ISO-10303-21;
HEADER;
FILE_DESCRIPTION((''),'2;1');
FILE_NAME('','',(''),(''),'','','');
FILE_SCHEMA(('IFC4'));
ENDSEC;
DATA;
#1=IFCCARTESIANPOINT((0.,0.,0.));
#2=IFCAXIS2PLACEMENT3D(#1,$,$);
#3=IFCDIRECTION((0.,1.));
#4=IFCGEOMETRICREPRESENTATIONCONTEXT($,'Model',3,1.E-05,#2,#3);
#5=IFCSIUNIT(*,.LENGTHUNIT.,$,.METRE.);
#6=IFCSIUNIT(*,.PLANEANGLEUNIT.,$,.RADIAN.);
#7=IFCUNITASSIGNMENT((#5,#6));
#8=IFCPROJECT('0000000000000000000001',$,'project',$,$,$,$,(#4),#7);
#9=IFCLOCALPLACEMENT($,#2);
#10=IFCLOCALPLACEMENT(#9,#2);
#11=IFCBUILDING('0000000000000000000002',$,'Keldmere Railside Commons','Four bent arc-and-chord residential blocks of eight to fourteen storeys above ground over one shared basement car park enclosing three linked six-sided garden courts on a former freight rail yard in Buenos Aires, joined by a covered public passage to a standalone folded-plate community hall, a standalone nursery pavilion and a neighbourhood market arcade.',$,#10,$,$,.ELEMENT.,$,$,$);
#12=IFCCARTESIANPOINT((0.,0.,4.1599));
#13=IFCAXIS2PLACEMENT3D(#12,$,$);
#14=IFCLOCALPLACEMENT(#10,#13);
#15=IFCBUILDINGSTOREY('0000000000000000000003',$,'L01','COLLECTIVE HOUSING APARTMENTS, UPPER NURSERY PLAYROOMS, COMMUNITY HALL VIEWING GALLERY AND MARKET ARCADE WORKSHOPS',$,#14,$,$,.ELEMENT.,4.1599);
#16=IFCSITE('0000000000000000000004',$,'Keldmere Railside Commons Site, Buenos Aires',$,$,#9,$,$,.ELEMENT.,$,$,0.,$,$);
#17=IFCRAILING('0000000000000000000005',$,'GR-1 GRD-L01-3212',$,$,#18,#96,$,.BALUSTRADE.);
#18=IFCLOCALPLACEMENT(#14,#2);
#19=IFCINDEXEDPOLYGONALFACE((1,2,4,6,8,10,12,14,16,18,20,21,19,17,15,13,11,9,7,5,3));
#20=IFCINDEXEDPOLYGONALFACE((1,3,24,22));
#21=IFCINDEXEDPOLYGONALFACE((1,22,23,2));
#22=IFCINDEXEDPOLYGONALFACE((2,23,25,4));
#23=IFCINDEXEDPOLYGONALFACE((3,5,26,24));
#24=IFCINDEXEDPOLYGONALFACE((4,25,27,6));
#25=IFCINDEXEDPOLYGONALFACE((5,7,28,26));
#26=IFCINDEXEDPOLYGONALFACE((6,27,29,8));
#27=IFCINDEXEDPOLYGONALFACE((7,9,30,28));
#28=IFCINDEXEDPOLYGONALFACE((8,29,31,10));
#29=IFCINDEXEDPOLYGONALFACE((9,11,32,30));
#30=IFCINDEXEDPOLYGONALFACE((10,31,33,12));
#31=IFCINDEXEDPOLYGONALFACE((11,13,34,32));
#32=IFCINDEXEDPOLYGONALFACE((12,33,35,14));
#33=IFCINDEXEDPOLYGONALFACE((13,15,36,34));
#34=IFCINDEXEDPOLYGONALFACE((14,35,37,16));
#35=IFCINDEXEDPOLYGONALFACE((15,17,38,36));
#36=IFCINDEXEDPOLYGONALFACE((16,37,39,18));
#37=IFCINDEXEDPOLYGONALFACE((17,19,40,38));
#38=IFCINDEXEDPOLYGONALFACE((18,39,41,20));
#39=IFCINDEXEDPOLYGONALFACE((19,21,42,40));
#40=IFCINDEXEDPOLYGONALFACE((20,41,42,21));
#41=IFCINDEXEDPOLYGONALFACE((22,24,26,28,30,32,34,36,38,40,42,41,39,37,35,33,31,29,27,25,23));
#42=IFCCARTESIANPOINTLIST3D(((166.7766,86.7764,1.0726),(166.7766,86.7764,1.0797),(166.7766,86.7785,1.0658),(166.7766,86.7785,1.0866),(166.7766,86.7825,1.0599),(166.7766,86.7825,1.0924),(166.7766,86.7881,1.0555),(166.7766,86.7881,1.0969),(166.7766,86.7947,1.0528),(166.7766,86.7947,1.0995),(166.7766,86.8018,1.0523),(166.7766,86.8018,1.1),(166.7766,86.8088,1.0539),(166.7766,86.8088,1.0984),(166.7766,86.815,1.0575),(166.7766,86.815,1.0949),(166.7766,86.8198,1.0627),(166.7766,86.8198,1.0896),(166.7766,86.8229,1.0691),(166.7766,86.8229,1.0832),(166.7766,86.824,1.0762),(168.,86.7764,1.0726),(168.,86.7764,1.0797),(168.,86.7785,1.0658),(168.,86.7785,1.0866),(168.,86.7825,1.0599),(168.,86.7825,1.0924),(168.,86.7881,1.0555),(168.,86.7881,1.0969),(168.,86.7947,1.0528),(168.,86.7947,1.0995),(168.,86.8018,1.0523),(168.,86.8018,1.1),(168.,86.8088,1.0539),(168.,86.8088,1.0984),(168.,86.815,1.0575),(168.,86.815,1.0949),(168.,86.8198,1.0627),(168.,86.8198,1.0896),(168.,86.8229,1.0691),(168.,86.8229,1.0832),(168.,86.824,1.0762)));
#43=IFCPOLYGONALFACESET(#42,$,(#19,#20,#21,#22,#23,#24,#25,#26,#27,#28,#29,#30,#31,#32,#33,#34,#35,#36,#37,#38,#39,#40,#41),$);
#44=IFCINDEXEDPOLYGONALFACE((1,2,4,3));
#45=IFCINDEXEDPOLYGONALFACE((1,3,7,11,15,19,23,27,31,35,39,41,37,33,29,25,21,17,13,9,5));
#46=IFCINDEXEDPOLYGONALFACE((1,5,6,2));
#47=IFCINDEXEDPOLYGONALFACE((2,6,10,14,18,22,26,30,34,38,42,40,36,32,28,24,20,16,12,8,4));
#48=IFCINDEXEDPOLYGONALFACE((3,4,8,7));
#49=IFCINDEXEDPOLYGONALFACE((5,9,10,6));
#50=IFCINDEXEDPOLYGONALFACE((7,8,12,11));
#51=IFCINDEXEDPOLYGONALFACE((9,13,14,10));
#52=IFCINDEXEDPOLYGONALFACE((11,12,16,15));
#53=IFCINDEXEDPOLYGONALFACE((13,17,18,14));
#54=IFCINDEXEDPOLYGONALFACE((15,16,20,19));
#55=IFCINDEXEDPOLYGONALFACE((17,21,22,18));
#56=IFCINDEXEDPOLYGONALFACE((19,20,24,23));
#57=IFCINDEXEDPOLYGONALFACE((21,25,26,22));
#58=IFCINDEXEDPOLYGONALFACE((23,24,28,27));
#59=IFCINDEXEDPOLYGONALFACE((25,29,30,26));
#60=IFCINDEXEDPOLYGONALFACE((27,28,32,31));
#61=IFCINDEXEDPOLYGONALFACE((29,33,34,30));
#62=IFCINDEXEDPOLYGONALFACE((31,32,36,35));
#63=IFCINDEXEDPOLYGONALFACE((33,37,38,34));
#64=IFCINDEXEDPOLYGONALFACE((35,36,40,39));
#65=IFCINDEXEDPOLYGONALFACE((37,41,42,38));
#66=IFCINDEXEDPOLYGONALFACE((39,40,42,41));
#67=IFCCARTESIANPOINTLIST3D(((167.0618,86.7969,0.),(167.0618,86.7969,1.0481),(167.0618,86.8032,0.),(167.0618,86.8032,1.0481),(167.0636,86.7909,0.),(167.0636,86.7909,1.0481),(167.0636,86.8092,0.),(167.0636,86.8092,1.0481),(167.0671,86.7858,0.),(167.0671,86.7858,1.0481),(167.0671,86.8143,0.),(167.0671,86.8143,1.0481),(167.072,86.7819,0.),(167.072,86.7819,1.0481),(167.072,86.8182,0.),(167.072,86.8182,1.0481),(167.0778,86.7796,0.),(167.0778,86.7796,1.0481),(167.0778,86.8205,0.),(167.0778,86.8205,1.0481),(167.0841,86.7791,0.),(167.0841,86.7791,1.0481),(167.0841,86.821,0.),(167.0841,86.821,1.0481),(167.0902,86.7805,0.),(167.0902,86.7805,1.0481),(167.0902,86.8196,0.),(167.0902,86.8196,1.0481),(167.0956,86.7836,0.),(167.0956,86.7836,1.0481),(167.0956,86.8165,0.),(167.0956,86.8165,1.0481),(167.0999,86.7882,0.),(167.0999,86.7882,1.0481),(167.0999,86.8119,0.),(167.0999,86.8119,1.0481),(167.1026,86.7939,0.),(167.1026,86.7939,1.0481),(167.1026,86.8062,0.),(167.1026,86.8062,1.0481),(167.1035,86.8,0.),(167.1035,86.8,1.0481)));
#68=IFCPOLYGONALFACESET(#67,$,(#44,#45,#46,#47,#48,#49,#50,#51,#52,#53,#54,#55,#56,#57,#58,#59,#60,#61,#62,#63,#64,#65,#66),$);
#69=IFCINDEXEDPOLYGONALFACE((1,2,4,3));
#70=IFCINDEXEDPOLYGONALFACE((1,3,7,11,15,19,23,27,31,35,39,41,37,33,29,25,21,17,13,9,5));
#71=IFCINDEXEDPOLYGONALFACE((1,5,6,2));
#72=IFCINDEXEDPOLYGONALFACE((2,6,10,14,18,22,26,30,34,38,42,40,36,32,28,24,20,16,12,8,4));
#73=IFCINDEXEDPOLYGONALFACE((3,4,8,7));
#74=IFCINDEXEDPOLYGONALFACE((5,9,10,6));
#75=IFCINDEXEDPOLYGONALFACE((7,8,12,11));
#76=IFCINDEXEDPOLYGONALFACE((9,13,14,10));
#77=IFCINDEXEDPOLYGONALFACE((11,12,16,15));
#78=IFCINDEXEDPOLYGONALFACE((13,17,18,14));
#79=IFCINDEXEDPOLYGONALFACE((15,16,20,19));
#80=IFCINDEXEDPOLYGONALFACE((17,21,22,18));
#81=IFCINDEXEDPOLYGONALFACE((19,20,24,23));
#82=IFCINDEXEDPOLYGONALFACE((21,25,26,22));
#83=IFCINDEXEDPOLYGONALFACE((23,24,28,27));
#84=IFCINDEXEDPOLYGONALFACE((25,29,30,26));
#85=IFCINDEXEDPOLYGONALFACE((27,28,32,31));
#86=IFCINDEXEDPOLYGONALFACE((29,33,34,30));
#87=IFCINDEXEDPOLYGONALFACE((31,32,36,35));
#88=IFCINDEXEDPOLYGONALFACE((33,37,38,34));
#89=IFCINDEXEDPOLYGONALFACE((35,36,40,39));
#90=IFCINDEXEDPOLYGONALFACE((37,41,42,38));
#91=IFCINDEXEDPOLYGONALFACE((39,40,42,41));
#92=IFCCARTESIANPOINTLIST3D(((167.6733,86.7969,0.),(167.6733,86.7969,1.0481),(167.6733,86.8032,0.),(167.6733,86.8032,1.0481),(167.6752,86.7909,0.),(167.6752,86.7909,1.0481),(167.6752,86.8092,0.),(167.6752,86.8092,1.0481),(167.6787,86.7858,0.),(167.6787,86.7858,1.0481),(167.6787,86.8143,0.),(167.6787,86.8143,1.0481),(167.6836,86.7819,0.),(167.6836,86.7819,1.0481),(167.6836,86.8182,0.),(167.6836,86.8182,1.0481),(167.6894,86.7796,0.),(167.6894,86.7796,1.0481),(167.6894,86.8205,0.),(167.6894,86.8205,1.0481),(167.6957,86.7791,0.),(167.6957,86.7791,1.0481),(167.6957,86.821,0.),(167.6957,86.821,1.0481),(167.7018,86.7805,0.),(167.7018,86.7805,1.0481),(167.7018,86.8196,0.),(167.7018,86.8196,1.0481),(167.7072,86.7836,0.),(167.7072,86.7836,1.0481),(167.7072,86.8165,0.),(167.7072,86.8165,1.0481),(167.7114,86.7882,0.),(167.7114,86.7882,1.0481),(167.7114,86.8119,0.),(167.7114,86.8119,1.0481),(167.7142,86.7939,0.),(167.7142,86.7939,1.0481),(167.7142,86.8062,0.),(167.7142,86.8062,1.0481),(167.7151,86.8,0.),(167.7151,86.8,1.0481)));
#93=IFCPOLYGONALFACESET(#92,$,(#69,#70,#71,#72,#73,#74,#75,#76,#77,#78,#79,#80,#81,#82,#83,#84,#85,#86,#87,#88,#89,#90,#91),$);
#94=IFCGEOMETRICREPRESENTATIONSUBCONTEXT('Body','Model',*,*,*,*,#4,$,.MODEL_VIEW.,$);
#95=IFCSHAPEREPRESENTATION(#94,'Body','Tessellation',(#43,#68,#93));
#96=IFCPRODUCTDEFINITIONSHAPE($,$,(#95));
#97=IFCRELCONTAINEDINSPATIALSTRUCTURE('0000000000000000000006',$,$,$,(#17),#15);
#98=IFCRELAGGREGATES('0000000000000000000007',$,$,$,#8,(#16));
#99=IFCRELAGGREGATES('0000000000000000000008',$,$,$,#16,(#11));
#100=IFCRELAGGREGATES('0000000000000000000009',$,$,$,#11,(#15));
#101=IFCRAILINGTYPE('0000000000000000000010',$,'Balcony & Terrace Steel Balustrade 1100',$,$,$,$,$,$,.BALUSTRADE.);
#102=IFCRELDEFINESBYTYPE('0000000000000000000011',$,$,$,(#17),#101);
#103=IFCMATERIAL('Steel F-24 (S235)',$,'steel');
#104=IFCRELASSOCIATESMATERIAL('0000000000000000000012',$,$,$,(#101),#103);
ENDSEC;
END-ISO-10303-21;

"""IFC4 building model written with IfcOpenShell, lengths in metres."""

from ifc_helpers import new_model, si_unit, direction, frame, origin, origin_2d, place, context, subcontext, project, spatial, circle, extrude, material, type_object, element, save


model = new_model("IFC4")

# Units and contexts
model_context = context("Model", 3, precision=1e-05, world=origin(), true_north=direction((0.0, 1.0)))
body_context = subcontext(model_context, "Body", "Model", "MODEL_VIEW")
ifc_project = project(units=[si_unit("LENGTHUNIT", "METRE"), si_unit("PLANEANGLEUNIT", "RADIAN")], contexts=[model_context])

# Site, building, storey
site_placement = place(None, origin())
site = spatial("IfcSite", under=ifc_project, at=site_placement, Name="Keldmere Railside Commons Site, Buenos Aires", CompositionType="ELEMENT", RefElevation=0.0)
building_placement = place(site_placement, origin())
building = spatial("IfcBuilding", under=site, at=building_placement, Name="Keldmere Railside Commons", Description="Four bent arc-and-chord residential blocks of eight to fourteen storeys above ground over one shared basement car park enclosing three linked six-sided garden courts on a former freight rail yard in Buenos Aires, joined by a covered public passage to a standalone folded-plate community hall, a standalone nursery pavilion and a neighbourhood market arcade.", CompositionType="ELEMENT")
storey_placement = place(building_placement, frame((0.0, 0.0, 4.1599)))
storey = spatial("IfcBuildingStorey", under=building, at=storey_placement, Name="L01", Description="COLLECTIVE HOUSING APARTMENTS, UPPER NURSERY PLAYROOMS, COMMUNITY HALL VIEWING GALLERY AND MARKET ARCADE WORKSHOPS", CompositionType="ELEMENT", Elevation=4.1599)

# Railing
ifc_material_1 = material(Name="Steel F-24 (S235)", Category="steel")
railing_type = type_object("IfcRailingType", Name="Balcony & Terrace Steel Balustrade 1100", PredefinedType="BALUSTRADE", material=ifc_material_1)
railing_1_placement = place(storey_placement, frame((166.7766, 86.8, 0.0)))
element("IfcRailing", 1, at=railing_1_placement, inside=storey, type_object=railing_type, Name="GR-1 GRD-L01-3212", PredefinedType="BALUSTRADE", context=body_context, shape_type="SweptSolid", body=[
    extrude(circle(Radius=0.0239, at=origin_2d()), frame((0.0, 0.0, 1.0762), z_axis=(1.0, 0.0, 0.0), x_axis=(0.0, 1.0, 0.0)), (0.0, 0.0, 1.0), 1.2234),
    extrude(circle(Radius=0.021, at=origin_2d()), frame((0.3059, 0.0, 0.0)), (0.0, 0.0, 1.0), 1.0481),
    extrude(circle(Radius=0.021, at=origin_2d()), frame((0.9175, 0.0, 0.0)), (0.0, 0.0, 1.0), 1.0481),
])

save(model, "model.ifc")
